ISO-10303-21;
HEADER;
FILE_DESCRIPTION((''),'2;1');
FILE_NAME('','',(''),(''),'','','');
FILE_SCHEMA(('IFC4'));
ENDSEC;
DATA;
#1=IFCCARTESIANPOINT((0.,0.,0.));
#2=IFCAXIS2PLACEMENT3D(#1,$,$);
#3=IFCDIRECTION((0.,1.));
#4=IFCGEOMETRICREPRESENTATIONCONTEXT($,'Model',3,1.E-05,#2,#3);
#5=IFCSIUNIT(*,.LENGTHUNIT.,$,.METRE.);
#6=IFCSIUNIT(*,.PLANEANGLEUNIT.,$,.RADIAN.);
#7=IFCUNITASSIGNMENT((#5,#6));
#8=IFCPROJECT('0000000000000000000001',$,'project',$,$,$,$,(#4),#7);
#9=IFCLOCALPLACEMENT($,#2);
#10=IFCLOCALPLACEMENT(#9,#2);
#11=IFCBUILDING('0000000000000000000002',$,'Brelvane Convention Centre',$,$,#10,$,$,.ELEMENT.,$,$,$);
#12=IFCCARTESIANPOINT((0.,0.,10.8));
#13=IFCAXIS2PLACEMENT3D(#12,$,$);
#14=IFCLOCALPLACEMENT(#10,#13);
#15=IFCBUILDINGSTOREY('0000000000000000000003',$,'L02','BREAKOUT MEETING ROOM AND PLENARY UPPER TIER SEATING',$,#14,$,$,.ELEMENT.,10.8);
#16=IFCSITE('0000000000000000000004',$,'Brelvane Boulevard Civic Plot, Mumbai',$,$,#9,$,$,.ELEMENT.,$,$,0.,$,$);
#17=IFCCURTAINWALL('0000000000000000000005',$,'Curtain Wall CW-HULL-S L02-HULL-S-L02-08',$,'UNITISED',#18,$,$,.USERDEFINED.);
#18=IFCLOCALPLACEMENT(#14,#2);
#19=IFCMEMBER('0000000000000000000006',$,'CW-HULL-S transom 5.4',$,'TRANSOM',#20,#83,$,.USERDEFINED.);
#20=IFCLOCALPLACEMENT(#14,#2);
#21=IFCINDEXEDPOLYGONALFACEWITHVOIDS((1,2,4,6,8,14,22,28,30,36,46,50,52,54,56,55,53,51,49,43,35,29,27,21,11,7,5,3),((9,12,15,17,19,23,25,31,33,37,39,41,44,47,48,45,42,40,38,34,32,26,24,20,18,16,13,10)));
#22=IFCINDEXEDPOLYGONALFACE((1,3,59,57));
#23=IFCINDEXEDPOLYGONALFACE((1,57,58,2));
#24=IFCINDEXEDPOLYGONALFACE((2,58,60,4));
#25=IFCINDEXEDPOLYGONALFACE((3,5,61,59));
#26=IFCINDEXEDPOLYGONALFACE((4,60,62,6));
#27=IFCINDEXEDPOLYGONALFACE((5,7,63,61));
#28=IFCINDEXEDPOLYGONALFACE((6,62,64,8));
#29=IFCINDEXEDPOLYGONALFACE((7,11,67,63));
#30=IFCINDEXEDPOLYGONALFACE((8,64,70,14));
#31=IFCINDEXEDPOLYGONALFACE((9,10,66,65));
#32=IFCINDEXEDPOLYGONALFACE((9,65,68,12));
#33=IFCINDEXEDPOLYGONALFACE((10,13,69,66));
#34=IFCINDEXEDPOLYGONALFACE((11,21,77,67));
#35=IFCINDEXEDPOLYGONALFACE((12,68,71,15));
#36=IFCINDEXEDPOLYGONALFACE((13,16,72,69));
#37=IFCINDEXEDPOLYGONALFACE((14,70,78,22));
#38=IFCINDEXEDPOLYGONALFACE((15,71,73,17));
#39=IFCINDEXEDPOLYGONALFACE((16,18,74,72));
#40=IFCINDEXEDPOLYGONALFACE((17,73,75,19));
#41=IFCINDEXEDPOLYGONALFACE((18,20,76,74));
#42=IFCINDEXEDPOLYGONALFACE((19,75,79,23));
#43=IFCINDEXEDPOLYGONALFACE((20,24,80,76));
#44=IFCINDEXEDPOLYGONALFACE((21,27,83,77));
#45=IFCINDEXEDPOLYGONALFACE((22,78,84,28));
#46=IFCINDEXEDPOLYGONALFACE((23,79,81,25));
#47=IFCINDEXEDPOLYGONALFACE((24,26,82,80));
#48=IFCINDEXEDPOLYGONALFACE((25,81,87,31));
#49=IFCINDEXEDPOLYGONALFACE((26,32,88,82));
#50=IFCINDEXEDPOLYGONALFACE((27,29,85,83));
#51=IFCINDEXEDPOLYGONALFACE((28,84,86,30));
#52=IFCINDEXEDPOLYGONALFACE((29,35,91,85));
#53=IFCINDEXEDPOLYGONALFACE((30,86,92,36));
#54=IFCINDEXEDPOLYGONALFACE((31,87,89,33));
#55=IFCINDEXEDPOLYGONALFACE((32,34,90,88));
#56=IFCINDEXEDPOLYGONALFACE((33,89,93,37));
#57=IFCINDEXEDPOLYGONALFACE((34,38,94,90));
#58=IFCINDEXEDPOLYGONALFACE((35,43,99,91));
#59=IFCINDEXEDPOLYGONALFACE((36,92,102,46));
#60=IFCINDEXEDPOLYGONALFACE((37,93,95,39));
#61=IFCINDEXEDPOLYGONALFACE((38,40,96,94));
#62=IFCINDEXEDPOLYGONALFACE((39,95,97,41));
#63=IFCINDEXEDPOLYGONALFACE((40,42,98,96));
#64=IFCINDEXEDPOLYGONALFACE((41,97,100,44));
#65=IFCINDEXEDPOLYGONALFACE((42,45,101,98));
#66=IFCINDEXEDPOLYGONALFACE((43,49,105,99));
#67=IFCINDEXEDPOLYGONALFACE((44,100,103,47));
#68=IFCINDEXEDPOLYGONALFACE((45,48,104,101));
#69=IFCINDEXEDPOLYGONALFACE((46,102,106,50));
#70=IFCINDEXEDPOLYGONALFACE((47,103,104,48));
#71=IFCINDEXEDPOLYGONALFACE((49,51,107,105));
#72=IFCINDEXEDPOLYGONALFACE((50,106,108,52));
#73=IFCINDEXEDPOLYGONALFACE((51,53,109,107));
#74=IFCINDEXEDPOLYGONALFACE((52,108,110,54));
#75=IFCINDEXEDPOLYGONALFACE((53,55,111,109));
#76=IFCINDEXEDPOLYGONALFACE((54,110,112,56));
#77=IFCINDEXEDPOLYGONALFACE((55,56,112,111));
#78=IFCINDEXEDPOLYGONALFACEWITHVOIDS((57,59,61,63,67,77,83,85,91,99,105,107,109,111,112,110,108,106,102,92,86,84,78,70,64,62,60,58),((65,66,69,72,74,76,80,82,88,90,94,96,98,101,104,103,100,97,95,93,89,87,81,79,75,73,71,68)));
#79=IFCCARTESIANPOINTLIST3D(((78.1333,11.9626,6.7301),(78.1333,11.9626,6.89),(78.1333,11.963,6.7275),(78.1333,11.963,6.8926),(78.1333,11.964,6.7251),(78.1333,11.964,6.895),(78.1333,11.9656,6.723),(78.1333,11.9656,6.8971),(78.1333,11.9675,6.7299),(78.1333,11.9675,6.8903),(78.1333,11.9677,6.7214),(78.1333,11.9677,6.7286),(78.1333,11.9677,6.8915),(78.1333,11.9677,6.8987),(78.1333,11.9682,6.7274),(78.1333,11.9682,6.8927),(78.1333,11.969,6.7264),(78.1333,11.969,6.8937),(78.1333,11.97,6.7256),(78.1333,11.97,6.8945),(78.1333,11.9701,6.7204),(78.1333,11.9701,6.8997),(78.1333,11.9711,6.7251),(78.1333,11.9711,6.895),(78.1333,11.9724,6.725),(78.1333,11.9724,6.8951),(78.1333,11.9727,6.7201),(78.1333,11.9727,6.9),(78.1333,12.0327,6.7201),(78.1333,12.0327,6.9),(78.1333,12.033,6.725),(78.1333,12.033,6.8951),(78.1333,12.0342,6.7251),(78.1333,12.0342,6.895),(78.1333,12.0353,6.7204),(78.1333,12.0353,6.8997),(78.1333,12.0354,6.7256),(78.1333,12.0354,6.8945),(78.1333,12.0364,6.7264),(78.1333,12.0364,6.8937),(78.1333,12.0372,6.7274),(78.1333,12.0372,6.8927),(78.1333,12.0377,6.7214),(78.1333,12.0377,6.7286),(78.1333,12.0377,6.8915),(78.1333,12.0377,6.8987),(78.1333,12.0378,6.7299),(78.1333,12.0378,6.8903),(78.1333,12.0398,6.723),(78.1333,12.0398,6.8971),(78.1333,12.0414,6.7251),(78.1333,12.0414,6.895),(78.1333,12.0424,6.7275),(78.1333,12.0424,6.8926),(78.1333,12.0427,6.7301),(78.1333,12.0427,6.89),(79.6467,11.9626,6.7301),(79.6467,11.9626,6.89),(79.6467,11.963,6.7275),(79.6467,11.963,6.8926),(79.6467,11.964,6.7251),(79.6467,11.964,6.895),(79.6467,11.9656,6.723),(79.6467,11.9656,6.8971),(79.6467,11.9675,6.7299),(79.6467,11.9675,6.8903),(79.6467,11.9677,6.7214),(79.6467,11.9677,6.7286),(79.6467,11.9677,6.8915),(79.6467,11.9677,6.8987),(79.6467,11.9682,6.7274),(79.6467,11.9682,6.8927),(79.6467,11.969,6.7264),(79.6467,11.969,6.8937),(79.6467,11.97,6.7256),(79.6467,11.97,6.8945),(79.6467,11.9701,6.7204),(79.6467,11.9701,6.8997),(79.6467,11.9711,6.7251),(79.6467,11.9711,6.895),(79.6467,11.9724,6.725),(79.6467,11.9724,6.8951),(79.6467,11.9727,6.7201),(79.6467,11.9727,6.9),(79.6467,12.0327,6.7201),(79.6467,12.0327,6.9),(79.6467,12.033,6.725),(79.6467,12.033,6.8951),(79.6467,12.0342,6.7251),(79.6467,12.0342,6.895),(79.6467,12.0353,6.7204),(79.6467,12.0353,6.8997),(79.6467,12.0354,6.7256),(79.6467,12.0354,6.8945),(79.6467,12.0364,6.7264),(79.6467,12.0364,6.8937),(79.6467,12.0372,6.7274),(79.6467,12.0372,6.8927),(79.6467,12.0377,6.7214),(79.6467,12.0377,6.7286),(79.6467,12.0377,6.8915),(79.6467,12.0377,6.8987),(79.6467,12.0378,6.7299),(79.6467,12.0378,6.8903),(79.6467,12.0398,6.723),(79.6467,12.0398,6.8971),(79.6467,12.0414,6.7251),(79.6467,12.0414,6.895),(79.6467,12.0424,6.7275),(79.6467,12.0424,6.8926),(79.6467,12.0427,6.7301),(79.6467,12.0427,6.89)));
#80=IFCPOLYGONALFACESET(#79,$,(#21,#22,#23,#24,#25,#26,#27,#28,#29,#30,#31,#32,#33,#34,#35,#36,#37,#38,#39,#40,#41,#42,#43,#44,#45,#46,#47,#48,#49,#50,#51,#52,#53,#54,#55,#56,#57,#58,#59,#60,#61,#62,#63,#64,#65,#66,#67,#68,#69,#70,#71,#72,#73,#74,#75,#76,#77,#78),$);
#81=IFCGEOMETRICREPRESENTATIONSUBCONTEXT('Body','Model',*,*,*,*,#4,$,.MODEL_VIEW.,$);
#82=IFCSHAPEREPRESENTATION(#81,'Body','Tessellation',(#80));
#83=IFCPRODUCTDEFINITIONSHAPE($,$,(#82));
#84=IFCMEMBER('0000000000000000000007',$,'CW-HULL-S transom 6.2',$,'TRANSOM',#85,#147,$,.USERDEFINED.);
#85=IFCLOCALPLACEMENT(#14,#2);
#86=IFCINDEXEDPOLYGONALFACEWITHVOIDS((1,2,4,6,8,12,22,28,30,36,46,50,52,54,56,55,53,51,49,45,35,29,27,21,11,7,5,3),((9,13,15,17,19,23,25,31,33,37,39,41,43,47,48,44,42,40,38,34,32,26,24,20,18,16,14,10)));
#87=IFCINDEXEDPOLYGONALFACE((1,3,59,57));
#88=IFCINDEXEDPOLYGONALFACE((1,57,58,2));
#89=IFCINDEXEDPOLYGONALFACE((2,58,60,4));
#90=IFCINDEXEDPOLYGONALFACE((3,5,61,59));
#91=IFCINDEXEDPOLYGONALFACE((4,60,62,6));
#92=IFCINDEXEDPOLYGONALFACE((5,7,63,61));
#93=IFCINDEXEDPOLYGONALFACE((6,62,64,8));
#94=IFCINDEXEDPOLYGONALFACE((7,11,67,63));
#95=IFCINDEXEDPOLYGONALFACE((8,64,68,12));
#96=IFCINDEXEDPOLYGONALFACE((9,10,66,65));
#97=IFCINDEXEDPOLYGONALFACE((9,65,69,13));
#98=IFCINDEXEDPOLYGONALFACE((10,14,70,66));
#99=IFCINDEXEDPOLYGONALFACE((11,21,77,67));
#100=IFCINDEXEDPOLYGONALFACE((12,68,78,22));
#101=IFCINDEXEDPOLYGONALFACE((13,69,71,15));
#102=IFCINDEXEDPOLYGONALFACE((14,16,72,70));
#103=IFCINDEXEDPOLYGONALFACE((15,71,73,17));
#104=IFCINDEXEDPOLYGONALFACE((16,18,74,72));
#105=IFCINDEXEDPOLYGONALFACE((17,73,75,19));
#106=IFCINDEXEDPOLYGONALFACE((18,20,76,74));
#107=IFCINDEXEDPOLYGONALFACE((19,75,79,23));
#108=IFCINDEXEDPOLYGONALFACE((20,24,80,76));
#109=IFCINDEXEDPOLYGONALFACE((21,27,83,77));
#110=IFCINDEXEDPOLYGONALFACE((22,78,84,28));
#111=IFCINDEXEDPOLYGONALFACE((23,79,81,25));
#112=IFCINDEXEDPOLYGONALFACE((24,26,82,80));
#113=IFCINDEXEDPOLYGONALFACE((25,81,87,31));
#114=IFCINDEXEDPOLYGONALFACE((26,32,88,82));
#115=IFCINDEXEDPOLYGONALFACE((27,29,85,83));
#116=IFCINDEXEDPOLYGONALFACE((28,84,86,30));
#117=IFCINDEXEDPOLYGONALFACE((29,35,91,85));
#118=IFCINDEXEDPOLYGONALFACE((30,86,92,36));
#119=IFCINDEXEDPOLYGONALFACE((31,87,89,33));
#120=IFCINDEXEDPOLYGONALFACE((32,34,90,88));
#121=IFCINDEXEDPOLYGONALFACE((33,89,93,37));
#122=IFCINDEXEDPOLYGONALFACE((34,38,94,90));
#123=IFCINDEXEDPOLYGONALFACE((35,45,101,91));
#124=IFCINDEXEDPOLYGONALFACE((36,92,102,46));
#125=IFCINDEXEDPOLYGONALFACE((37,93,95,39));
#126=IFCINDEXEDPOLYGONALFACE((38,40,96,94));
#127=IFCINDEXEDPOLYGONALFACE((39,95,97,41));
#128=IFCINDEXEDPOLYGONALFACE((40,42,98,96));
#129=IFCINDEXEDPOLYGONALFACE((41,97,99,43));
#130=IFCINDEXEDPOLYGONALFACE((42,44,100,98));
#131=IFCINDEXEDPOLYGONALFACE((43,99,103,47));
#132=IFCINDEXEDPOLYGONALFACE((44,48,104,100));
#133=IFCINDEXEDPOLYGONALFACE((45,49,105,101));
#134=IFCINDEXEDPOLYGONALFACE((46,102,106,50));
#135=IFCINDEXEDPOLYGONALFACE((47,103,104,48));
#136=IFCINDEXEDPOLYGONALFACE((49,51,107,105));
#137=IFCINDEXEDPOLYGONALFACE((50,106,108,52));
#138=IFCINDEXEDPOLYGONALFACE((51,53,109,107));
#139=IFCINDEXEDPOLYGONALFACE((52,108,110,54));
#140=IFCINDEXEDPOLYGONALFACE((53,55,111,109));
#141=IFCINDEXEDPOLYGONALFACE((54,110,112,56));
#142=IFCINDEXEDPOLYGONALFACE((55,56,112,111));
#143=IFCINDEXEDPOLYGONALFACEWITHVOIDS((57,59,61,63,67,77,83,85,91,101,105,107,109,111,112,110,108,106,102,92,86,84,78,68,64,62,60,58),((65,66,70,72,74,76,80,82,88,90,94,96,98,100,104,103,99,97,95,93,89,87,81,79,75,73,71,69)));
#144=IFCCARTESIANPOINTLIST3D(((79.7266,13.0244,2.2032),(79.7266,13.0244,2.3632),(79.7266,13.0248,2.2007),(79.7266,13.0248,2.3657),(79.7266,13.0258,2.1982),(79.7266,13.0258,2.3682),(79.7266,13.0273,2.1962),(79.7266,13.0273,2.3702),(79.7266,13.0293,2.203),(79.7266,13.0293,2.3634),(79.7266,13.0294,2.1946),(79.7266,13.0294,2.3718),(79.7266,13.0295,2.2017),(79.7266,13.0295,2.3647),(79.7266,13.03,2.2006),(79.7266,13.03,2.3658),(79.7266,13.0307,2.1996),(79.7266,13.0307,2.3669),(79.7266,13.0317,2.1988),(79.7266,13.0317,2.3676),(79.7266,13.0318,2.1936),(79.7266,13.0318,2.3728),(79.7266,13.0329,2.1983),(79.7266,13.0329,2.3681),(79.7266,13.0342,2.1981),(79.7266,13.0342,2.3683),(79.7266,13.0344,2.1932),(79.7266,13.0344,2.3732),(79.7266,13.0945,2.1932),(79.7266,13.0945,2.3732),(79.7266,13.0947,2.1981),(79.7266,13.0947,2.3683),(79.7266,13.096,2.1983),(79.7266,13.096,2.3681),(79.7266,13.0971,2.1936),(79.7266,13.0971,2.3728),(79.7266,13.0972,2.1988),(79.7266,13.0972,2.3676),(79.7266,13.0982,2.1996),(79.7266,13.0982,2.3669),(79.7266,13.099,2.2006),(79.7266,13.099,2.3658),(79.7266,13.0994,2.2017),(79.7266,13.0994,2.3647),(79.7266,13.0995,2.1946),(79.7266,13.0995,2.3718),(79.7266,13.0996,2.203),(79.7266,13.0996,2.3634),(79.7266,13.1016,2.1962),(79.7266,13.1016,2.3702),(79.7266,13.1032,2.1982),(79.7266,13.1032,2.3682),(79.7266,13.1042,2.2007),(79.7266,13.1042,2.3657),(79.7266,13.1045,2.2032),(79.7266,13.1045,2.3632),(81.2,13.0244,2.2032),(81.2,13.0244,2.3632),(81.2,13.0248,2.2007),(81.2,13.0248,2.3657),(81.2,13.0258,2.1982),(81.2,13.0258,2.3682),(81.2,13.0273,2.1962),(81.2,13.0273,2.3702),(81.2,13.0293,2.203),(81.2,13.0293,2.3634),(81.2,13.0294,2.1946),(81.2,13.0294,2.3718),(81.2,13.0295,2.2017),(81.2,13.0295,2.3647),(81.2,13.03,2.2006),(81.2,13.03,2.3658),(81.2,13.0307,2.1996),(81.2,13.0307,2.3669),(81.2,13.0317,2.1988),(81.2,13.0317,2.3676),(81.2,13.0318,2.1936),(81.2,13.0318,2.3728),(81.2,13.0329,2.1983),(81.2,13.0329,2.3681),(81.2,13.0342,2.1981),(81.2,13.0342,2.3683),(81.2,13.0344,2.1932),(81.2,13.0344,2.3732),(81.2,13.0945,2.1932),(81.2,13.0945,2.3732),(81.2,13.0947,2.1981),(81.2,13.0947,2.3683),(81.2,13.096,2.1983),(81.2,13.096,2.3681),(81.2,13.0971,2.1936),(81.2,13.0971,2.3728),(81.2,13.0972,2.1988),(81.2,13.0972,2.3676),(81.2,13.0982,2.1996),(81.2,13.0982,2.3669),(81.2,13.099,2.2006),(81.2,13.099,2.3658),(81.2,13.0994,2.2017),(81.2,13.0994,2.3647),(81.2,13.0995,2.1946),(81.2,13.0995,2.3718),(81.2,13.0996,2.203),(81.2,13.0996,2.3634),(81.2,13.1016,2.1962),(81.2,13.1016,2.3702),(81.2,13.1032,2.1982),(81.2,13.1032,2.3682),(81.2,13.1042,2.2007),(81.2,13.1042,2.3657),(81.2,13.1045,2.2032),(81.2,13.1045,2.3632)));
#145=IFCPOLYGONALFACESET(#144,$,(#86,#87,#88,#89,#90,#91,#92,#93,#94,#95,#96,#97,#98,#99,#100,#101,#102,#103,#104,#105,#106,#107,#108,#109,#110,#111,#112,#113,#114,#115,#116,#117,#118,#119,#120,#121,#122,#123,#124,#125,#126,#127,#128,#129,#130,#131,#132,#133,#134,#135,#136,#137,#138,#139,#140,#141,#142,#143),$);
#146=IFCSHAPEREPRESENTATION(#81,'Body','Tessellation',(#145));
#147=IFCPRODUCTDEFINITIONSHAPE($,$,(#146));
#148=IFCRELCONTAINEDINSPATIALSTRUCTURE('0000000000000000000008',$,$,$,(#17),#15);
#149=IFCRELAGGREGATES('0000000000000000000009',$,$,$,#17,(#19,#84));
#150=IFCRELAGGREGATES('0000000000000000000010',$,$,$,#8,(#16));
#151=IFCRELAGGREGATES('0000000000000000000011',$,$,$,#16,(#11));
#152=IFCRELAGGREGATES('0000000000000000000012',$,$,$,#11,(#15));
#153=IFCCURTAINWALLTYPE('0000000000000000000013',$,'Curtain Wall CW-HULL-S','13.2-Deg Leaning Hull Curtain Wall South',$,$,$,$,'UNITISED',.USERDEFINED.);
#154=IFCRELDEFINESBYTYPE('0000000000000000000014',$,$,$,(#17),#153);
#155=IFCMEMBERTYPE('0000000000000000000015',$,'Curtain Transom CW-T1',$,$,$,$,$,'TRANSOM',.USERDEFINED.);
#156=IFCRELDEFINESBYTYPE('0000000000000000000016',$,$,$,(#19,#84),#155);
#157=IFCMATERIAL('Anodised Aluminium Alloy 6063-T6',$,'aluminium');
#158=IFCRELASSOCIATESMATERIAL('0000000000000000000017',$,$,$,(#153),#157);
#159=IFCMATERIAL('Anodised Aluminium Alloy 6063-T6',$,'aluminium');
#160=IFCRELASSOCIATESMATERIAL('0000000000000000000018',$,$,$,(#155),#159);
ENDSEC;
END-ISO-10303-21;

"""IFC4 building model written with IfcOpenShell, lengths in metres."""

from ifc_helpers import new_model, si_unit, direction, frame, origin, origin_2d, place, context, subcontext, project, spatial, hollow_rectangle, extrude, material, material_profile, profile_set, type_object, element, aggregate, save


model = new_model("IFC4")

# Units and contexts
model_context = context("Model", 3, precision=1e-05, world=origin(), true_north=direction((0.0, 1.0)))
body_context = subcontext(model_context, "Body", "Model", "MODEL_VIEW")
ifc_project = project(units=[si_unit("LENGTHUNIT", "METRE"), si_unit("PLANEANGLEUNIT", "RADIAN")], contexts=[model_context])

# Site, building, storey
site_placement = place(None, origin())
site = spatial("IfcSite", under=ifc_project, at=site_placement, Name="Brelvane Boulevard Civic Plot, Mumbai", CompositionType="ELEMENT", RefElevation=0.0)
building_placement = place(site_placement, origin())
building = spatial("IfcBuilding", under=site, at=building_placement, Name="Brelvane Convention Centre", CompositionType="ELEMENT")
storey_placement = place(building_placement, frame((0.0, 0.0, 10.8)))
storey = spatial("IfcBuildingStorey", under=building, at=storey_placement, Name="L02", Description="BREAKOUT MEETING ROOM AND PLENARY UPPER TIER SEATING", CompositionType="ELEMENT", Elevation=10.8)

# Curtain wall, members
ifc_material_1 = material(Name="Anodised Aluminium Alloy 6063-T6", Category="aluminium")
curtain_wall_type = type_object("IfcCurtainWallType", Name="Curtain Wall CW-HULL-S", Description="13.2-Deg Leaning Hull Curtain Wall South", ElementType="UNITISED", PredefinedType="USERDEFINED", material=ifc_material_1)
curtain_wall_1_placement = place(storey_placement, origin())
curtain_wall_1 = element("IfcCurtainWall", 1, at=curtain_wall_1_placement, inside=storey, type_object=curtain_wall_type, Name="Curtain Wall CW-HULL-S L02-HULL-S-L02-08", ObjectType="UNITISED", PredefinedType="USERDEFINED")
ifc_material_2 = material(Name="Anodised Aluminium Alloy 6063-T6", Category="aluminium")
ifc_material_profile = material_profile(ifc_material_2, hollow_rectangle(XDim=0.0801, YDim=0.1799, WallThickness=0.0049, InnerFilletRadius=0.0049, OuterFilletRadius=0.01, at=origin_2d()), Name="ALU-T 180x80x5.0")
ifc_profile_set = profile_set([ifc_material_profile], Name="Anodised Aluminium Alloy 6063-T6")
member_type = type_object("IfcMemberType", Name="Curtain Transom CW-T1", ElementType="TRANSOM", PredefinedType="USERDEFINED", material=ifc_profile_set)
member_1_placement = place(storey_placement, frame((78.1333, 12.0027, 6.8101), z_axis=(1.0, 0.0, 0.0), x_axis=(0.0, 1.0, 0.0)))
member_1 = element("IfcMember", 2, at=member_1_placement, type_object=member_type, Name="CW-HULL-S transom 5.4", ObjectType="TRANSOM", PredefinedType="USERDEFINED", context=body_context, shape_type="SweptSolid", body=[
    extrude(hollow_rectangle(XDim=0.0801, YDim=0.1799, WallThickness=0.0049, InnerFilletRadius=0.0049, OuterFilletRadius=0.01, at=origin_2d()), origin(), (0.0, 0.0, 1.0), 1.5134),
])
member_2_placement = place(storey_placement, frame((79.7266, 13.0645, 2.2832), z_axis=(1.0, 0.0, 0.0), x_axis=(0.0, 1.0, 0.0)))
member_2 = element("IfcMember", 3, at=member_2_placement, type_object=member_type, Name="CW-HULL-S transom 6.2", ObjectType="TRANSOM", PredefinedType="USERDEFINED", context=body_context, shape_type="SweptSolid", body=[
    extrude(hollow_rectangle(XDim=0.0801, YDim=0.1799, WallThickness=0.0049, InnerFilletRadius=0.0049, OuterFilletRadius=0.01, at=origin_2d()), origin(), (0.0, 0.0, 1.0), 1.4734),
])

aggregate(curtain_wall_1, [member_1, member_2])

save(model, "model.ifc")
